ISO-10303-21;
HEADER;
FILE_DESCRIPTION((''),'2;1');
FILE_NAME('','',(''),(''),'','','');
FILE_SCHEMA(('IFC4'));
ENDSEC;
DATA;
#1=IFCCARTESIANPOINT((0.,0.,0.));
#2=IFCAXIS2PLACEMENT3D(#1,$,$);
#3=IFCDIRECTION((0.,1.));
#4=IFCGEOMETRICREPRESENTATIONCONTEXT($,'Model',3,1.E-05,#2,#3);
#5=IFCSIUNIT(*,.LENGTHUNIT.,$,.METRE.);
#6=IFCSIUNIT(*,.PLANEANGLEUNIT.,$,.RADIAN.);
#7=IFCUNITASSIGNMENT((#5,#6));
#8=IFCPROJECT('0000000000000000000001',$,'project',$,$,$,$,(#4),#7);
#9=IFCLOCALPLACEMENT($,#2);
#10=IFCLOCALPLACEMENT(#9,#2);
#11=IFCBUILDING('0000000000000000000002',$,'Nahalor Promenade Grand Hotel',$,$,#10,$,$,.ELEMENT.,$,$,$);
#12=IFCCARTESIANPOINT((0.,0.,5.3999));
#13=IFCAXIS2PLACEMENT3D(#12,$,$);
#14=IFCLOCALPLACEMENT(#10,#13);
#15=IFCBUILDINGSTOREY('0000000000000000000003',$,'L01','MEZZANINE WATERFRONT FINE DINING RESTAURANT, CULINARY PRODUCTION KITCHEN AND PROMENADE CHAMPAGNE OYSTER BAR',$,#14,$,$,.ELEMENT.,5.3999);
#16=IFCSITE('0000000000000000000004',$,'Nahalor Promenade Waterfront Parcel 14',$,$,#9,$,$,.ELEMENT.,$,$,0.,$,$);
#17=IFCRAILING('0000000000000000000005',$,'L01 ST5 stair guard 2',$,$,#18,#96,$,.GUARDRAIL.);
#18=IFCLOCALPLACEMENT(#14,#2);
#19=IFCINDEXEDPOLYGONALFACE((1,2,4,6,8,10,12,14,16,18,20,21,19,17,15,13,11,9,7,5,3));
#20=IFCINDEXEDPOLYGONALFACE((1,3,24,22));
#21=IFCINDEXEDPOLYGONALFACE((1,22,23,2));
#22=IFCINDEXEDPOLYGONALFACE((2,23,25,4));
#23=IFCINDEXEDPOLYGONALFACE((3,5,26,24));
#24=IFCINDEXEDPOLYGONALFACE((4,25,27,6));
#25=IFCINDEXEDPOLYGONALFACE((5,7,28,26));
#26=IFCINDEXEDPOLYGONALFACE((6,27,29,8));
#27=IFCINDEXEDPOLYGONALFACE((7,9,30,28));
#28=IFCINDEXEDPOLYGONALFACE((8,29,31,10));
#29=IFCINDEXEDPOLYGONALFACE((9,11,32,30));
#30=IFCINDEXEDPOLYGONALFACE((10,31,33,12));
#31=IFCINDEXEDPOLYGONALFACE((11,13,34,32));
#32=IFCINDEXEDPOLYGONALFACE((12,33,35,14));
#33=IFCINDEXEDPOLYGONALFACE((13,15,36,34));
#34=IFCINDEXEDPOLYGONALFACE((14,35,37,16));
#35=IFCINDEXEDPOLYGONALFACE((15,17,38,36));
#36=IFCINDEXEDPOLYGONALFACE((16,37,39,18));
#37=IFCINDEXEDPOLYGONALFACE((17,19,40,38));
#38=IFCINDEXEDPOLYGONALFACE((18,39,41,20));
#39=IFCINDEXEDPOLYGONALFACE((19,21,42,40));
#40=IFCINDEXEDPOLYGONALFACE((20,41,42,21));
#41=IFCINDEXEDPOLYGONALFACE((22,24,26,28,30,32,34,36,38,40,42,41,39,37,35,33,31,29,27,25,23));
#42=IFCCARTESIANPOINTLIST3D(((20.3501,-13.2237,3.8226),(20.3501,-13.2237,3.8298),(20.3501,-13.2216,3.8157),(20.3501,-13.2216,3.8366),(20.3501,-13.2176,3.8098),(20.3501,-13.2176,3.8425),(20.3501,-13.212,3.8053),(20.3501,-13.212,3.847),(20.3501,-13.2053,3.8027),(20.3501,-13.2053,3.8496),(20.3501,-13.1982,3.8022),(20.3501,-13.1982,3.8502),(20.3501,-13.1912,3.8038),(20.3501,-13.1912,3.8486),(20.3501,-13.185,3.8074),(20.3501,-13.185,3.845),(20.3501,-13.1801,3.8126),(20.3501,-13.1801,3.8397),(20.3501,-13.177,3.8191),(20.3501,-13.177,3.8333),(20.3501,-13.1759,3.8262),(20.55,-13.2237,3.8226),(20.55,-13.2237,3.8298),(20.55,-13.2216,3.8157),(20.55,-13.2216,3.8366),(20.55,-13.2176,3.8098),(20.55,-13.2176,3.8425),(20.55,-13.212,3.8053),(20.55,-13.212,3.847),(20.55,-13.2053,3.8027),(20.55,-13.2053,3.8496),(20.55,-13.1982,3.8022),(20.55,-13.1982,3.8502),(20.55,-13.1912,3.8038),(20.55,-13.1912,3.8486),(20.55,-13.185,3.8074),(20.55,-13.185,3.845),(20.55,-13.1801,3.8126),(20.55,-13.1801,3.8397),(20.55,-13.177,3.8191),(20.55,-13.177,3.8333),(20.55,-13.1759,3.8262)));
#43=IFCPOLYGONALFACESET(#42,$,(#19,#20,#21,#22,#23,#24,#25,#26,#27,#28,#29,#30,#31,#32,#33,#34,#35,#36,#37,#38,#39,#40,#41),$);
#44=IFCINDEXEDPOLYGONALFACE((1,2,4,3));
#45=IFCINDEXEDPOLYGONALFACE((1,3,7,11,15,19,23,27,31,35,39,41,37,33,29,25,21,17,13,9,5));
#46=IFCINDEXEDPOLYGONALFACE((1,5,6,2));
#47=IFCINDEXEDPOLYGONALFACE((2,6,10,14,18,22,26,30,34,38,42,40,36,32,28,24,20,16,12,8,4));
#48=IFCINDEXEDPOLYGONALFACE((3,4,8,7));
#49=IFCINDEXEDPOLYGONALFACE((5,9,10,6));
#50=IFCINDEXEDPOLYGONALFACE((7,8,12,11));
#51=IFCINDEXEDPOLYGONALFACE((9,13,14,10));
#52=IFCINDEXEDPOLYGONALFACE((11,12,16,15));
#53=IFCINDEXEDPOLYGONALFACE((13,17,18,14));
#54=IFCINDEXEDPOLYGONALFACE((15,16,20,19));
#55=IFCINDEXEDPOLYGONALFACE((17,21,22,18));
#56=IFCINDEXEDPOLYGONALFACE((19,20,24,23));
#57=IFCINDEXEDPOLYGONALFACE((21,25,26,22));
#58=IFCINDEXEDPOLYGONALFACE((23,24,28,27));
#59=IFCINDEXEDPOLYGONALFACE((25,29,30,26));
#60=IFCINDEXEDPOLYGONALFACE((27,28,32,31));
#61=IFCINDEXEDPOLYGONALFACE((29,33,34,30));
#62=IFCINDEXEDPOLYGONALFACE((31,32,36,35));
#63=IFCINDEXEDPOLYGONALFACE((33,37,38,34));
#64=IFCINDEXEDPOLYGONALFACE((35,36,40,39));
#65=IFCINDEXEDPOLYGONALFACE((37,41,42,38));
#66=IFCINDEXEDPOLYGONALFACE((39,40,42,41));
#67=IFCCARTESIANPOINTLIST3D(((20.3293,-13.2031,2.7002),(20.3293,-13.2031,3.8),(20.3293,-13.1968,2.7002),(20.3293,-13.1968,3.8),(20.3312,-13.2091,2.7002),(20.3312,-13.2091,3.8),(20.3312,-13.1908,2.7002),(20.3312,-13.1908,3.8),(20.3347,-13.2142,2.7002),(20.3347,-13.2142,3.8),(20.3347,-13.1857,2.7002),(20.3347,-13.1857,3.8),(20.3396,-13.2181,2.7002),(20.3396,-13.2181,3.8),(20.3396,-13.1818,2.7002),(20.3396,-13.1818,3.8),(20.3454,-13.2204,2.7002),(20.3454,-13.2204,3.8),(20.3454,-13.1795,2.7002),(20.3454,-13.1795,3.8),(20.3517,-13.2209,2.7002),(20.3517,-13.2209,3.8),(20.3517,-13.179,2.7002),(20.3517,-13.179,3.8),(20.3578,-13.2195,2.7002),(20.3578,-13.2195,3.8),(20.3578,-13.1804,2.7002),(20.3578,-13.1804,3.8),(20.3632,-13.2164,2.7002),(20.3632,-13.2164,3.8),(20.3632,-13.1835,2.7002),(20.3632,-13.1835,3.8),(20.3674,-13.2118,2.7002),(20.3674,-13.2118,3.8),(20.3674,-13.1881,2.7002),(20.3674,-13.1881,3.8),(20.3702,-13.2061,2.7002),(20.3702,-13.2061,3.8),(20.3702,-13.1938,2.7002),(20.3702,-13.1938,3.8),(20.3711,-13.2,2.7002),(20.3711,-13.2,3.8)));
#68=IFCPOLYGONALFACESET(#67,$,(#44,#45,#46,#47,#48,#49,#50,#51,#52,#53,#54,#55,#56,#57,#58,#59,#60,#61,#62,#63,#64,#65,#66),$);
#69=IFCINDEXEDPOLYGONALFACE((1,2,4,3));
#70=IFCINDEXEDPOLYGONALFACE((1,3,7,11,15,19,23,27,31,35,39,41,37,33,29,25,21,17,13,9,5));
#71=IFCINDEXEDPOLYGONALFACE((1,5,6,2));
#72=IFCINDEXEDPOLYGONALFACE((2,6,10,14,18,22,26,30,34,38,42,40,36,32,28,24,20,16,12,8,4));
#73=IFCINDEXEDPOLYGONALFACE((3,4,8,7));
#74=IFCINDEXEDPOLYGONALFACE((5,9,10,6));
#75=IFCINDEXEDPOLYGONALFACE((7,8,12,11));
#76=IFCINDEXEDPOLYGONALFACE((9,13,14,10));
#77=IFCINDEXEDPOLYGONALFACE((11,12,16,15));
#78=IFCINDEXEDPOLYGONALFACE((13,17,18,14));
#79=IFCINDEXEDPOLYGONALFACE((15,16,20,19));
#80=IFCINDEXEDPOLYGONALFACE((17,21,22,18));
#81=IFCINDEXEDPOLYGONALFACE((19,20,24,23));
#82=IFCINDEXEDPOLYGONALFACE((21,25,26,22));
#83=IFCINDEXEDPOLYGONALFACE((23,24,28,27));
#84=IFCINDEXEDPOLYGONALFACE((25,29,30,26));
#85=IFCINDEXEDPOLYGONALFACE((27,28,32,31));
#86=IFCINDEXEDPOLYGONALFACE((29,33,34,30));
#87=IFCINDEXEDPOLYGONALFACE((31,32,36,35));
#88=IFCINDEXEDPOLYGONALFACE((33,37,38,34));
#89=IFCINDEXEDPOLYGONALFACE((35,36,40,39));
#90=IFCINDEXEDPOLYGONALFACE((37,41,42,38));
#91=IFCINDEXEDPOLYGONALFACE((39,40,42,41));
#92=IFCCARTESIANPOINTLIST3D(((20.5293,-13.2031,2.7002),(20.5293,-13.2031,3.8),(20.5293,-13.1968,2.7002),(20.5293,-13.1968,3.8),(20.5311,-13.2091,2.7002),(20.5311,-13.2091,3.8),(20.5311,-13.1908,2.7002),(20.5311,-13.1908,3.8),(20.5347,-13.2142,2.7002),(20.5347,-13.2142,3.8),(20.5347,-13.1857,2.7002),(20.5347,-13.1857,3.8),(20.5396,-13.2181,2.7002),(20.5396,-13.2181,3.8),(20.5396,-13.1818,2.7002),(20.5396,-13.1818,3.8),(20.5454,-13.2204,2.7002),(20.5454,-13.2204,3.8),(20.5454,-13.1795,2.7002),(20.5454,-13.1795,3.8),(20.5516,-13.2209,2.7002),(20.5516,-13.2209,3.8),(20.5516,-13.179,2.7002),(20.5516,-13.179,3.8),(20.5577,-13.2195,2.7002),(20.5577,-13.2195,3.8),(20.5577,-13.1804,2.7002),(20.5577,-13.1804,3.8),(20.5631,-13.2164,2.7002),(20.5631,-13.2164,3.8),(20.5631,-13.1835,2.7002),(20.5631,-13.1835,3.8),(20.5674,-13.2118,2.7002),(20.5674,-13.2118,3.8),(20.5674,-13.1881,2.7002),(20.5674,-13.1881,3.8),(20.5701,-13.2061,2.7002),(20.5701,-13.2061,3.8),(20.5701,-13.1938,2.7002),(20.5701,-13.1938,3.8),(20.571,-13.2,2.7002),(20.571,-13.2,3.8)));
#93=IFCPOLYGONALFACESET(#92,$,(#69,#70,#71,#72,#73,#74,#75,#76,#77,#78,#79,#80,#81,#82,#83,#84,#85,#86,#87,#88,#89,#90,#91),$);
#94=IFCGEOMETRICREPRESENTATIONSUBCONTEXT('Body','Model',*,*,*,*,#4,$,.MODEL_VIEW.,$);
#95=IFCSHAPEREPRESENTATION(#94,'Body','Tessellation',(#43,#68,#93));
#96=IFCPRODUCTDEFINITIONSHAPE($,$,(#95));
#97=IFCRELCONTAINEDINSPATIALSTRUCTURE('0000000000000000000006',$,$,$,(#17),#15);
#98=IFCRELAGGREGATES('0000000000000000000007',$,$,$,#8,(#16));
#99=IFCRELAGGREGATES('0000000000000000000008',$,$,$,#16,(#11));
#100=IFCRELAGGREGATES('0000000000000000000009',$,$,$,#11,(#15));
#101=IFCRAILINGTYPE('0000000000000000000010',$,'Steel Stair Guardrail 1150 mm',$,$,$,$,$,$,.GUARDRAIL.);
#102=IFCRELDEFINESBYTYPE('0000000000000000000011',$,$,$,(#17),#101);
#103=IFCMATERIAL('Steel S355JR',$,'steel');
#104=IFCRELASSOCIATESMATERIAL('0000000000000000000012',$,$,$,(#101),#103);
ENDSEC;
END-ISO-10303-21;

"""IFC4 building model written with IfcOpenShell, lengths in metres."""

from ifc_helpers import new_model, si_unit, direction, frame, origin, origin_2d, place, context, subcontext, project, spatial, circle, extrude, material, type_object, element, save


model = new_model("IFC4")

# Units and contexts
model_context = context("Model", 3, precision=1e-05, world=origin(), true_north=direction((0.0, 1.0)))
body_context = subcontext(model_context, "Body", "Model", "MODEL_VIEW")
ifc_project = project(units=[si_unit("LENGTHUNIT", "METRE"), si_unit("PLANEANGLEUNIT", "RADIAN")], contexts=[model_context])

# Site, building, storey
site_placement = place(None, origin())
site = spatial("IfcSite", under=ifc_project, at=site_placement, Name="Nahalor Promenade Waterfront Parcel 14", CompositionType="ELEMENT", RefElevation=0.0)
building_placement = place(site_placement, origin())
building = spatial("IfcBuilding", under=site, at=building_placement, Name="Nahalor Promenade Grand Hotel", CompositionType="ELEMENT")
storey_placement = place(building_placement, frame((0.0, 0.0, 5.3999)))
storey = spatial("IfcBuildingStorey", under=building, at=storey_placement, Name="L01", Description="MEZZANINE WATERFRONT FINE DINING RESTAURANT, CULINARY PRODUCTION KITCHEN AND PROMENADE CHAMPAGNE OYSTER BAR", CompositionType="ELEMENT", Elevation=5.3999)

# Shared definitions
ifc_material_1 = material(Name="Steel S355JR", Category="steel")

# Railing
railing_type_1 = type_object("IfcRailingType", Name="Steel Stair Guardrail 1150 mm", PredefinedType="GUARDRAIL", material=ifc_material_1)
railing_1_placement = place(storey_placement, frame((20.3501, -13.2, 2.7002)))
element("IfcRailing", 1, at=railing_1_placement, inside=storey, type_object=railing_type_1, Name="L01 ST5 stair guard 2", PredefinedType="GUARDRAIL", context=body_context, shape_type="SweptSolid", body=[
    extrude(circle(Radius=0.024, at=origin_2d()), frame((0.0, 0.0, 1.126), z_axis=(1.0, 0.0, 0.0), x_axis=(0.0, 1.0, 0.0)), (0.0, 0.0, 1.0), 0.2),
    extrude(circle(Radius=0.021, at=origin_2d()), origin(), (0.0, 0.0, 1.0), 1.0999),
    extrude(circle(Radius=0.021, at=origin_2d()), frame((0.2, 0.0, 0.0)), (0.0, 0.0, 1.0), 1.0999),
])

save(model, "model.ifc")
